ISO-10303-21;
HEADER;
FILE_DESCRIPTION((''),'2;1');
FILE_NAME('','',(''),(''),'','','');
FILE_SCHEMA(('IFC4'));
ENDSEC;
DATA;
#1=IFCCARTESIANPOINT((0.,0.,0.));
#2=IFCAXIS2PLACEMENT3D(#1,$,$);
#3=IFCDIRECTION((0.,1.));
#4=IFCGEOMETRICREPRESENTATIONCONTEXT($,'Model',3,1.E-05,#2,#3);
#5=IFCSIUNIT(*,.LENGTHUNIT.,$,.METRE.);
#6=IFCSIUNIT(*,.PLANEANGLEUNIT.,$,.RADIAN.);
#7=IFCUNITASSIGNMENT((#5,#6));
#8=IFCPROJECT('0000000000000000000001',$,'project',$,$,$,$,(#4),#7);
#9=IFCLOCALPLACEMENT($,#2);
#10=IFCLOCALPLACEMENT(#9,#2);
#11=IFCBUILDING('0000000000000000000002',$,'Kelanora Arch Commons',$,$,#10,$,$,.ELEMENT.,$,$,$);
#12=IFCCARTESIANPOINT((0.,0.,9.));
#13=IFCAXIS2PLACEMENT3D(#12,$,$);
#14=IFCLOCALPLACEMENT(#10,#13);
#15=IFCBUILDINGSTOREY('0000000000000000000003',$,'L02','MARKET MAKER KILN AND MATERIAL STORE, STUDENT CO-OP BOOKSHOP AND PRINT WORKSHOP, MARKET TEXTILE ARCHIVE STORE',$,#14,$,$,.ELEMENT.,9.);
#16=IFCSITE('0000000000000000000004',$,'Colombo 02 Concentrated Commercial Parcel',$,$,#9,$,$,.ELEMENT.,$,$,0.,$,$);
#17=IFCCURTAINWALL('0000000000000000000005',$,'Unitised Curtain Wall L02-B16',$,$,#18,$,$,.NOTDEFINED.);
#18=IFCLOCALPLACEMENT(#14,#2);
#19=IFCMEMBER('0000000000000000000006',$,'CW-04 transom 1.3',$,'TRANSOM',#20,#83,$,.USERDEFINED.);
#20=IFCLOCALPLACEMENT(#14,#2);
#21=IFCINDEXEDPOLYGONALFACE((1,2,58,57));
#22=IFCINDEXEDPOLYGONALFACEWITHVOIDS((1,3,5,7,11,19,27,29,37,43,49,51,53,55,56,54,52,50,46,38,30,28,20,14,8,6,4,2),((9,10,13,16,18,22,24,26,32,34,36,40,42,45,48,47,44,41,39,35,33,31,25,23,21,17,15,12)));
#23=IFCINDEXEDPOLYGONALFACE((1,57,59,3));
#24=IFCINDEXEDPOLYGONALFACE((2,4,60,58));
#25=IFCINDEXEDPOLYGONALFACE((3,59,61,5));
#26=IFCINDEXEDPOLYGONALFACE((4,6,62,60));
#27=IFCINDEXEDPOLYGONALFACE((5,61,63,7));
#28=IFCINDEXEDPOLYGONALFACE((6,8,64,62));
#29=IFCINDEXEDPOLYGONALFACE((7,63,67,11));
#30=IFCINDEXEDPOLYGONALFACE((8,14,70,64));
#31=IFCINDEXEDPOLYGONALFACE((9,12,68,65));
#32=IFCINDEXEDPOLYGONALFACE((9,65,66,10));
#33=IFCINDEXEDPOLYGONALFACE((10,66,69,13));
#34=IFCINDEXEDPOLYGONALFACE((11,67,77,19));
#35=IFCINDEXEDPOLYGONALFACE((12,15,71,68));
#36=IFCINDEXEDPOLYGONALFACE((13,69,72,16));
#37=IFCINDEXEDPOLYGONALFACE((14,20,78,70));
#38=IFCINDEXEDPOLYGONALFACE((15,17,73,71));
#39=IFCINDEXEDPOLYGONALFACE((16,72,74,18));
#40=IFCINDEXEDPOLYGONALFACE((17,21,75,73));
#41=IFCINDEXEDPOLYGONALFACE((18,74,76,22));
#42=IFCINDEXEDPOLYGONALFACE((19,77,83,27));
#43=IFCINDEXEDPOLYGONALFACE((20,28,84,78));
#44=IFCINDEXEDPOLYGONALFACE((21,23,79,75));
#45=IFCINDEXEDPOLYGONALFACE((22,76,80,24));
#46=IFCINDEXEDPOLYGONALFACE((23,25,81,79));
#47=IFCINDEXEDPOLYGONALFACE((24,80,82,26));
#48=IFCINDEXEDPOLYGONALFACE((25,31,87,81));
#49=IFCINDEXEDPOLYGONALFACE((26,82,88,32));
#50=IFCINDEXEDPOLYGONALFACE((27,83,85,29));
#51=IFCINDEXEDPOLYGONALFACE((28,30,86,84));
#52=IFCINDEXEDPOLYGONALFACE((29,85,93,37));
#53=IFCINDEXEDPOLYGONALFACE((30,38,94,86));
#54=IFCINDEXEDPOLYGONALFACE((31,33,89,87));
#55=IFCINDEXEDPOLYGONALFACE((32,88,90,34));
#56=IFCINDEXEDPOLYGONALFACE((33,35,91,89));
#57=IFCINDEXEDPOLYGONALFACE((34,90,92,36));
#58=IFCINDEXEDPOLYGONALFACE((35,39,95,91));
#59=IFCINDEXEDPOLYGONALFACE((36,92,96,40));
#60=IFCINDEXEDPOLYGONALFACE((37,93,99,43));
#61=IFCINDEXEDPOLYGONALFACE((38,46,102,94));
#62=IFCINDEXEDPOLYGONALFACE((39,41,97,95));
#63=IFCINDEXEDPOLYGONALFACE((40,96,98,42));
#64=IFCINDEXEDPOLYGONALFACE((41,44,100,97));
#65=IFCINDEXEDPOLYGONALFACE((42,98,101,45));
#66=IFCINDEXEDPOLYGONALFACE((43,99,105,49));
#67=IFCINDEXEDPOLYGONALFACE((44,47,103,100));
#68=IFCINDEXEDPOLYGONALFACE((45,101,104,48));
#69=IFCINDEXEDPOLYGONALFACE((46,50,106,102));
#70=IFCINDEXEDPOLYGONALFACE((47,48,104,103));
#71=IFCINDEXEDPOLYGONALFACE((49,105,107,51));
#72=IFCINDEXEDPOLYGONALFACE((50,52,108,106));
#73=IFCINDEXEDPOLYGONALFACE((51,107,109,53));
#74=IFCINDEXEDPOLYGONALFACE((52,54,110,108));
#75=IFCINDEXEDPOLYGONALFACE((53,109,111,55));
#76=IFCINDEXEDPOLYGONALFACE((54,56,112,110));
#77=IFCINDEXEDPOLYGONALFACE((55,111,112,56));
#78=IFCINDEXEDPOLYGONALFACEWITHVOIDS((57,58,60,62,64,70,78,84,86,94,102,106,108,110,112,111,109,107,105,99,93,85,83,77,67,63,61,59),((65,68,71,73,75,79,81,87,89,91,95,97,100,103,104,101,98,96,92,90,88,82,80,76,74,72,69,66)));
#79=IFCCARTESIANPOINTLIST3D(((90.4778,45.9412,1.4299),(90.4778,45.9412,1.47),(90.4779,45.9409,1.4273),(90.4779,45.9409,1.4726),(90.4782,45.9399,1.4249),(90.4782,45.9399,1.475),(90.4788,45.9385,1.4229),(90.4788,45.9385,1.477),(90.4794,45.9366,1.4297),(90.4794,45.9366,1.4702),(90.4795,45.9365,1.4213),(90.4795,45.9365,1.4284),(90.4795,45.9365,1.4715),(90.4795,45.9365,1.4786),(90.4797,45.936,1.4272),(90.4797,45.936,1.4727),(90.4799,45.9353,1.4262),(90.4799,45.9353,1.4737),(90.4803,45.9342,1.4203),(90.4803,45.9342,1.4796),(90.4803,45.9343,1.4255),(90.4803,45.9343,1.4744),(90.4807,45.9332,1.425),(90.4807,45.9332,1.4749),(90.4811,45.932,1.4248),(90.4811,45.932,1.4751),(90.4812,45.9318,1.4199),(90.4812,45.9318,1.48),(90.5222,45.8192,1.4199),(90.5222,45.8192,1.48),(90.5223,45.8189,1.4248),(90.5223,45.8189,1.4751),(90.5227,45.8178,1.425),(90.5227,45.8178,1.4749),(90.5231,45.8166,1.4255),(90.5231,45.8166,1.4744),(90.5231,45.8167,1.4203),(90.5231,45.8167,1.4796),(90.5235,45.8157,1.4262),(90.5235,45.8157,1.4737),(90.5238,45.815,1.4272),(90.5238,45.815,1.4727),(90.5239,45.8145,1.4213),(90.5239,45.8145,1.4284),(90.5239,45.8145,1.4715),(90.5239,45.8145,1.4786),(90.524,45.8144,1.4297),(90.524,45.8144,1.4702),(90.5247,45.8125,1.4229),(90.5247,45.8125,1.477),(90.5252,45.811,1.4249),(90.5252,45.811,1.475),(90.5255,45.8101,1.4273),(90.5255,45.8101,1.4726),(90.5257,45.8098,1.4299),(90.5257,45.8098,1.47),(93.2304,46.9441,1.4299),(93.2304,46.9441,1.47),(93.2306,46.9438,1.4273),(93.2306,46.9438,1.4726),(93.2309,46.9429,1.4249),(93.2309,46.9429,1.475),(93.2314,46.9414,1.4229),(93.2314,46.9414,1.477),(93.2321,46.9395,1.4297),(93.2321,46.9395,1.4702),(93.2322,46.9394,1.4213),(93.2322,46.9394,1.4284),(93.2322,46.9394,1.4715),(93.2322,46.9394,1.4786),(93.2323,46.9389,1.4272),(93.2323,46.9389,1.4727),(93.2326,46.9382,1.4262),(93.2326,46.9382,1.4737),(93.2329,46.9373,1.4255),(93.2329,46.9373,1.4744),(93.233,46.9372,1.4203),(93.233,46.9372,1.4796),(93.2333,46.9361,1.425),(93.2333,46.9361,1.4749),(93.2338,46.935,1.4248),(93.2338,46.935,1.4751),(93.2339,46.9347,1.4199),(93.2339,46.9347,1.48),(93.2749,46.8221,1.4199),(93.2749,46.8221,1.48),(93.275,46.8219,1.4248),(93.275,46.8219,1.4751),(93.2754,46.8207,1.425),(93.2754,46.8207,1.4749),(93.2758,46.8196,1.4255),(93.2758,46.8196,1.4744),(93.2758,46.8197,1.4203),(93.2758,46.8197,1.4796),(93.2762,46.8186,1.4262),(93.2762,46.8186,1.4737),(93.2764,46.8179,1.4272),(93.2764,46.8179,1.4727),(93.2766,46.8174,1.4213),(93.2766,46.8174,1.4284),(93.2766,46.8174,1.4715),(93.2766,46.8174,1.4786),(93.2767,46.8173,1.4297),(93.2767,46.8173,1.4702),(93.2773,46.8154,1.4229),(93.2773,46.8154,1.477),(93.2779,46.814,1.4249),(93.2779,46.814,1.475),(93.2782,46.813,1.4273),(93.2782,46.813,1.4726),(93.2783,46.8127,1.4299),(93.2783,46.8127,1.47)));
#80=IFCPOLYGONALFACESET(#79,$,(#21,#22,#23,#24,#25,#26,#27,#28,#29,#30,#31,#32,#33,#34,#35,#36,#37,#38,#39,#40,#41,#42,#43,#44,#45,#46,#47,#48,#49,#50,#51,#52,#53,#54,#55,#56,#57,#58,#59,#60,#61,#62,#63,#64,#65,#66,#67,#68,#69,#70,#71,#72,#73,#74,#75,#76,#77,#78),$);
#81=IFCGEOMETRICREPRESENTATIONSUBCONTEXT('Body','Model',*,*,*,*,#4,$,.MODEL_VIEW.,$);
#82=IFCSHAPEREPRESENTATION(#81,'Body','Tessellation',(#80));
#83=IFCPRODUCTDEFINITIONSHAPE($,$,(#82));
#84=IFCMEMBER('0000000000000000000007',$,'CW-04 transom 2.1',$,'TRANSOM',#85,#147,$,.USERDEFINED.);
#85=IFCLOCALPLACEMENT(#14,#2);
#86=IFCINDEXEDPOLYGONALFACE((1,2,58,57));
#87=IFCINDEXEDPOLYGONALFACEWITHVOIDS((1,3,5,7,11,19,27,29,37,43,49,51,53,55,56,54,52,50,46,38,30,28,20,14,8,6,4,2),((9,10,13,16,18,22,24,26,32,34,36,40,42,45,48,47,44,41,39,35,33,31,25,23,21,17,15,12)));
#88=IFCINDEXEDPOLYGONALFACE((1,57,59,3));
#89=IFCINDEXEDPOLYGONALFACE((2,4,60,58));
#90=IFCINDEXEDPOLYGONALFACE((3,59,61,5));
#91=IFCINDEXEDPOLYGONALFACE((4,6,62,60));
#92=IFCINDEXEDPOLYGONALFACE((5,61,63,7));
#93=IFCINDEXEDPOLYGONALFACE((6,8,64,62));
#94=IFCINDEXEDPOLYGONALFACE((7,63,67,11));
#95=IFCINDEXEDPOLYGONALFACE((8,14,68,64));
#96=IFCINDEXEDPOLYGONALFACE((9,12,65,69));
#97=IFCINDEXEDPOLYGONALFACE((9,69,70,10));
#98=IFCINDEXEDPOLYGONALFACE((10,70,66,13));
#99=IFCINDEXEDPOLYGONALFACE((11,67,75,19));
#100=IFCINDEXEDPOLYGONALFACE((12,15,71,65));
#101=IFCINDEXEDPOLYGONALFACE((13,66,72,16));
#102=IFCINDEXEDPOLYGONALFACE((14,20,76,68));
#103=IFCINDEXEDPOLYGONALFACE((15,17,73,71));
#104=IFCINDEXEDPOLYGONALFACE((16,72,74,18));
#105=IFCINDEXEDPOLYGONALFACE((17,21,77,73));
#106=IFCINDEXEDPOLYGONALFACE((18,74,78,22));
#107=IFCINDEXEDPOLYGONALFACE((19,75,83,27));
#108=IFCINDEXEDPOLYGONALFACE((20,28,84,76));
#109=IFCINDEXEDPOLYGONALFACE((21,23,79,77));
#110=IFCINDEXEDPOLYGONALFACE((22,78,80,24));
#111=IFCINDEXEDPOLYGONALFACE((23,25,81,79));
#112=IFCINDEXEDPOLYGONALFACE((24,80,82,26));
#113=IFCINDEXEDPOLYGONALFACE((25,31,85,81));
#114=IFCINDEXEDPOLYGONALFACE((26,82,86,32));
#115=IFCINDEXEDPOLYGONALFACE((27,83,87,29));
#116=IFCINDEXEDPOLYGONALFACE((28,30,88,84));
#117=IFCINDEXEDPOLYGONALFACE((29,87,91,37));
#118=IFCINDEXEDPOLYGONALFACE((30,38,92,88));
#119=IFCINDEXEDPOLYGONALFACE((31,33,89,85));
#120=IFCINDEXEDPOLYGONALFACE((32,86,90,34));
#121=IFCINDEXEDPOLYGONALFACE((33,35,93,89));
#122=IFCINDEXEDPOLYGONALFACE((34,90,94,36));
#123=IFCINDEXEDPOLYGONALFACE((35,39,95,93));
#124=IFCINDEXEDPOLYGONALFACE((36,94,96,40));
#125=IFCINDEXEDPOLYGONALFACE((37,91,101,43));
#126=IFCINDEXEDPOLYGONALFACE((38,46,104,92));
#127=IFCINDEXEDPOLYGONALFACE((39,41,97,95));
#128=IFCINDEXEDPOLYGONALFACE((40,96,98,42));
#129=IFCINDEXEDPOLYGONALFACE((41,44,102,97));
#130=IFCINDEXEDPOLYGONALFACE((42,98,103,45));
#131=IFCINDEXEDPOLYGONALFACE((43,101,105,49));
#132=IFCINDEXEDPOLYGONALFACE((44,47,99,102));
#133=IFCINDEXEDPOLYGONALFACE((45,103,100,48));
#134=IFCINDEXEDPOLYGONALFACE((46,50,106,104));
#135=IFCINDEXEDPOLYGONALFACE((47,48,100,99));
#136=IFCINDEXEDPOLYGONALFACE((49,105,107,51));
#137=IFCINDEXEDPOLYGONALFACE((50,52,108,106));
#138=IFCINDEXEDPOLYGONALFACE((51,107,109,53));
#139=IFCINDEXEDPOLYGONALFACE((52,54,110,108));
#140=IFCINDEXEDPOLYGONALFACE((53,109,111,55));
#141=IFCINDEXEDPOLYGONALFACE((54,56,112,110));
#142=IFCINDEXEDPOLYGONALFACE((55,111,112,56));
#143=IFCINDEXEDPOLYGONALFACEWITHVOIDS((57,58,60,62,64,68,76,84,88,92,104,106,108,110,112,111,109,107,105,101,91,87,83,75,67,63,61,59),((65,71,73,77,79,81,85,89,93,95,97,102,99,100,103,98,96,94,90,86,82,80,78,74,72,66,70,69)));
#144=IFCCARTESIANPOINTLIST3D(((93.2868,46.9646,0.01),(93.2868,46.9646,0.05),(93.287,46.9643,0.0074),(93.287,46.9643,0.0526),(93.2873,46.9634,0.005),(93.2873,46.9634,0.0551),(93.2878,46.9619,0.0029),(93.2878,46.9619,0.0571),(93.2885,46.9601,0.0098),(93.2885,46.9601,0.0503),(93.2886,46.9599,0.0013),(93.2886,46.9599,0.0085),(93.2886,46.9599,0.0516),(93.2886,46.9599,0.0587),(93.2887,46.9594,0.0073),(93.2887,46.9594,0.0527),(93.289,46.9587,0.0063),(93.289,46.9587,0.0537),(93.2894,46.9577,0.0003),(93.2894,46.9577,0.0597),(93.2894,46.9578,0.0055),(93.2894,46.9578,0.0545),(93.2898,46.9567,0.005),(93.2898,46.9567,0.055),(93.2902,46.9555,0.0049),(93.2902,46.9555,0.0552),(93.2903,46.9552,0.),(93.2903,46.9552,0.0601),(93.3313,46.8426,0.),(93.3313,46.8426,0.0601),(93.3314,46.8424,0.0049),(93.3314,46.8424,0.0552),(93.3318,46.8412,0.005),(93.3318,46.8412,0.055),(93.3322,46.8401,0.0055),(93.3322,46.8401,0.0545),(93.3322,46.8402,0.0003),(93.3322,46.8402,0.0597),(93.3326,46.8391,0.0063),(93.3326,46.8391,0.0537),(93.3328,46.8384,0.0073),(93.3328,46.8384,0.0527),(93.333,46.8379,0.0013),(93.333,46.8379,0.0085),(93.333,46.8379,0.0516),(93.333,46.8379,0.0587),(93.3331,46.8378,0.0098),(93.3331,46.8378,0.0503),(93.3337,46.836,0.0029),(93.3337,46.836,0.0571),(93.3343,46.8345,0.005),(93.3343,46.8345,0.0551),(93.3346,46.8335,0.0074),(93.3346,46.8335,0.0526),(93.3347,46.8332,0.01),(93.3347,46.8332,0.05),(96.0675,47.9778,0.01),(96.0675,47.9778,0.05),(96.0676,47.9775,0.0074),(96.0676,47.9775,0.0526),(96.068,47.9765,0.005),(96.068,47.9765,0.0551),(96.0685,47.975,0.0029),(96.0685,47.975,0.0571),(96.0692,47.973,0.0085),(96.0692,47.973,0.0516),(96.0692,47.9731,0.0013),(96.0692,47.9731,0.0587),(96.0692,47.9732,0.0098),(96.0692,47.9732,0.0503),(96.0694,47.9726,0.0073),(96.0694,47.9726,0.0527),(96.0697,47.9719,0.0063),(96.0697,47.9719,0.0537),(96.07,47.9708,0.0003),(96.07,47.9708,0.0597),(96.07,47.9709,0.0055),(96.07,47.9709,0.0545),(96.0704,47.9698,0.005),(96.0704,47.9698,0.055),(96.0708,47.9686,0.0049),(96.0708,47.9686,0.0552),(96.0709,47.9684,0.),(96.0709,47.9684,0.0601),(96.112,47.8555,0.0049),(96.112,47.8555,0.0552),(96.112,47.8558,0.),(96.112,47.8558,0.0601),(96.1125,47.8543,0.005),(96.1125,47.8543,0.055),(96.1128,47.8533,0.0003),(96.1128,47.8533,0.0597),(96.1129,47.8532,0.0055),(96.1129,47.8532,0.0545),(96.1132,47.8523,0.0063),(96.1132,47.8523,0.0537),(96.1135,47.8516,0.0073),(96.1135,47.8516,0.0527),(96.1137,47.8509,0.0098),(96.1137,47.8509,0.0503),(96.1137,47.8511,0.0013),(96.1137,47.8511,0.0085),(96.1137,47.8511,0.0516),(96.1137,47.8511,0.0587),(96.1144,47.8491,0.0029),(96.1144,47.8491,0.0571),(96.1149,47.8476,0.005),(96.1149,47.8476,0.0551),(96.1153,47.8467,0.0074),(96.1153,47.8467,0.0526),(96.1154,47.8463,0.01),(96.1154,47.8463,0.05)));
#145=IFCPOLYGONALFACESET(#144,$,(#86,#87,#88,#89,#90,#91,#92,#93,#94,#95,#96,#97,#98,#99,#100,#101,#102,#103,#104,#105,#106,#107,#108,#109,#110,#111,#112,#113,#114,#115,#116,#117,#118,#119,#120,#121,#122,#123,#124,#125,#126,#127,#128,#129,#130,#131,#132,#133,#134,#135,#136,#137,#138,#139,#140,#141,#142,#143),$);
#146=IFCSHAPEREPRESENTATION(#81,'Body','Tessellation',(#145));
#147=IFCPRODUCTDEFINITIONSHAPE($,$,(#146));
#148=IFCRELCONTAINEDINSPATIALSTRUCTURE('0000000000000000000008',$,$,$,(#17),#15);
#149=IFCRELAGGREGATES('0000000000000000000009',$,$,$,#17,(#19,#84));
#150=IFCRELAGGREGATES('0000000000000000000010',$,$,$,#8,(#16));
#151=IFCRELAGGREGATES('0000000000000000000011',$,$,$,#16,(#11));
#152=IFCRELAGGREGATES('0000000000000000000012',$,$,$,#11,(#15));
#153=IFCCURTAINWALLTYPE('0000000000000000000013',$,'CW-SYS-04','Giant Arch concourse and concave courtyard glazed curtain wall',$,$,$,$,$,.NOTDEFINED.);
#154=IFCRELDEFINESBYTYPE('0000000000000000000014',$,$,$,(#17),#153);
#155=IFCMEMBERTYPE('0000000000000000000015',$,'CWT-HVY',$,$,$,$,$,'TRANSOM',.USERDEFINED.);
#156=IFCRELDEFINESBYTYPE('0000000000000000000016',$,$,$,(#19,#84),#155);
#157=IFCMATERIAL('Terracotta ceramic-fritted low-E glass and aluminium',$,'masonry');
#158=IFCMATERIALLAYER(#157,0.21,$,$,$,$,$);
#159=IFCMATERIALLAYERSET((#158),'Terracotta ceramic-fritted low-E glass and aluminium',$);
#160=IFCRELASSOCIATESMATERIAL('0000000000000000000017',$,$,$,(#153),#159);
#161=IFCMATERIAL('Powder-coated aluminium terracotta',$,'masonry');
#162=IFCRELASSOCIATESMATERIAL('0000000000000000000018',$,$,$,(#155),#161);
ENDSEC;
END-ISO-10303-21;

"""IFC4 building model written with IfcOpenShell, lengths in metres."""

from ifc_helpers import new_model, si_unit, direction, frame, origin, origin_2d, place, context, subcontext, project, spatial, hollow_rectangle, extrude, material, layer, layer_set, material_profile, profile_set, type_object, element, aggregate, save


model = new_model("IFC4")

# Units and contexts
model_context = context("Model", 3, precision=1e-05, world=origin(), true_north=direction((0.0, 1.0)))
body_context = subcontext(model_context, "Body", "Model", "MODEL_VIEW")
ifc_project = project(units=[si_unit("LENGTHUNIT", "METRE"), si_unit("PLANEANGLEUNIT", "RADIAN")], contexts=[model_context])

# Site, building, storey
site_placement = place(None, origin())
site = spatial("IfcSite", under=ifc_project, at=site_placement, Name="Colombo 02 Concentrated Commercial Parcel", CompositionType="ELEMENT", RefElevation=0.0)
building_placement = place(site_placement, origin())
building = spatial("IfcBuilding", under=site, at=building_placement, Name="Kelanora Arch Commons", CompositionType="ELEMENT")
storey_placement = place(building_placement, frame((0.0, 0.0, 9.0)))
storey = spatial("IfcBuildingStorey", under=building, at=storey_placement, Name="L02", Description="MARKET MAKER KILN AND MATERIAL STORE, STUDENT CO-OP BOOKSHOP AND PRINT WORKSHOP, MARKET TEXTILE ARCHIVE STORE", CompositionType="ELEMENT", Elevation=9.0)

# Curtain wall, members
ifc_material_1 = material(Name="Terracotta ceramic-fritted low-E glass and aluminium", Category="masonry")
ifc_layer_1 = layer(ifc_material_1, 0.21)
ifc_layer_set_1 = layer_set([ifc_layer_1], Name="Terracotta ceramic-fritted low-E glass and aluminium")
curtain_wall_type = type_object("IfcCurtainWallType", Name="CW-SYS-04", Description="Giant Arch concourse and concave courtyard glazed curtain wall", PredefinedType="NOTDEFINED", material=ifc_layer_set_1)
curtain_wall_placement = place(storey_placement, origin())
curtain_wall = element("IfcCurtainWall", 1, at=curtain_wall_placement, inside=storey, type_object=curtain_wall_type, Name="Unitised Curtain Wall L02-B16", PredefinedType="NOTDEFINED")
ifc_material_2 = material(Name="Powder-coated aluminium terracotta", Category="masonry")
ifc_material_profile_1 = material_profile(ifc_material_2, hollow_rectangle(XDim=0.1399, YDim=0.0601, WallThickness=0.0049, InnerFilletRadius=0.0049, OuterFilletRadius=0.01, at=origin_2d()), Name="CWT140x60")
ifc_profile_set_1 = profile_set([ifc_material_profile_1], Name="Powder-coated aluminium terracotta")
member_type_1 = type_object("IfcMemberType", Name="CWT-HVY", ElementType="TRANSOM", PredefinedType="USERDEFINED", material=ifc_profile_set_1)
member_1_placement = place(storey_placement, frame((90.5017, 45.8755, 1.45), z_axis=(0.939579, 0.342332, 0.0), x_axis=(-0.342332, 0.939579, 0.0)))
member_1 = element("IfcMember", 2, at=member_1_placement, type_object=member_type_1, Name="CW-04 transom 1.3", ObjectType="TRANSOM", PredefinedType="USERDEFINED", context=body_context, shape_type="SweptSolid", body=[
    extrude(hollow_rectangle(XDim=0.1399, YDim=0.0601, WallThickness=0.0049, InnerFilletRadius=0.0049, OuterFilletRadius=0.01, at=origin_2d()), origin(), (0.0, 0.0, 1.0), 2.9297),
])
member_2_placement = place(storey_placement, frame((93.3108, 46.8989, 0.03), z_axis=(0.939576, 0.342339, 0.0), x_axis=(-0.342339, 0.939576, 0.0)))
member_2 = element("IfcMember", 3, at=member_2_placement, type_object=member_type_1, Name="CW-04 transom 2.1", ObjectType="TRANSOM", PredefinedType="USERDEFINED", context=body_context, shape_type="SweptSolid", body=[
    extrude(hollow_rectangle(XDim=0.1399, YDim=0.0601, WallThickness=0.0049, InnerFilletRadius=0.0049, OuterFilletRadius=0.01, at=origin_2d()), origin(), (0.0, 0.0, 1.0), 2.9595),
])
aggregate(curtain_wall, [member_1, member_2])

save(model, "model.ifc")
